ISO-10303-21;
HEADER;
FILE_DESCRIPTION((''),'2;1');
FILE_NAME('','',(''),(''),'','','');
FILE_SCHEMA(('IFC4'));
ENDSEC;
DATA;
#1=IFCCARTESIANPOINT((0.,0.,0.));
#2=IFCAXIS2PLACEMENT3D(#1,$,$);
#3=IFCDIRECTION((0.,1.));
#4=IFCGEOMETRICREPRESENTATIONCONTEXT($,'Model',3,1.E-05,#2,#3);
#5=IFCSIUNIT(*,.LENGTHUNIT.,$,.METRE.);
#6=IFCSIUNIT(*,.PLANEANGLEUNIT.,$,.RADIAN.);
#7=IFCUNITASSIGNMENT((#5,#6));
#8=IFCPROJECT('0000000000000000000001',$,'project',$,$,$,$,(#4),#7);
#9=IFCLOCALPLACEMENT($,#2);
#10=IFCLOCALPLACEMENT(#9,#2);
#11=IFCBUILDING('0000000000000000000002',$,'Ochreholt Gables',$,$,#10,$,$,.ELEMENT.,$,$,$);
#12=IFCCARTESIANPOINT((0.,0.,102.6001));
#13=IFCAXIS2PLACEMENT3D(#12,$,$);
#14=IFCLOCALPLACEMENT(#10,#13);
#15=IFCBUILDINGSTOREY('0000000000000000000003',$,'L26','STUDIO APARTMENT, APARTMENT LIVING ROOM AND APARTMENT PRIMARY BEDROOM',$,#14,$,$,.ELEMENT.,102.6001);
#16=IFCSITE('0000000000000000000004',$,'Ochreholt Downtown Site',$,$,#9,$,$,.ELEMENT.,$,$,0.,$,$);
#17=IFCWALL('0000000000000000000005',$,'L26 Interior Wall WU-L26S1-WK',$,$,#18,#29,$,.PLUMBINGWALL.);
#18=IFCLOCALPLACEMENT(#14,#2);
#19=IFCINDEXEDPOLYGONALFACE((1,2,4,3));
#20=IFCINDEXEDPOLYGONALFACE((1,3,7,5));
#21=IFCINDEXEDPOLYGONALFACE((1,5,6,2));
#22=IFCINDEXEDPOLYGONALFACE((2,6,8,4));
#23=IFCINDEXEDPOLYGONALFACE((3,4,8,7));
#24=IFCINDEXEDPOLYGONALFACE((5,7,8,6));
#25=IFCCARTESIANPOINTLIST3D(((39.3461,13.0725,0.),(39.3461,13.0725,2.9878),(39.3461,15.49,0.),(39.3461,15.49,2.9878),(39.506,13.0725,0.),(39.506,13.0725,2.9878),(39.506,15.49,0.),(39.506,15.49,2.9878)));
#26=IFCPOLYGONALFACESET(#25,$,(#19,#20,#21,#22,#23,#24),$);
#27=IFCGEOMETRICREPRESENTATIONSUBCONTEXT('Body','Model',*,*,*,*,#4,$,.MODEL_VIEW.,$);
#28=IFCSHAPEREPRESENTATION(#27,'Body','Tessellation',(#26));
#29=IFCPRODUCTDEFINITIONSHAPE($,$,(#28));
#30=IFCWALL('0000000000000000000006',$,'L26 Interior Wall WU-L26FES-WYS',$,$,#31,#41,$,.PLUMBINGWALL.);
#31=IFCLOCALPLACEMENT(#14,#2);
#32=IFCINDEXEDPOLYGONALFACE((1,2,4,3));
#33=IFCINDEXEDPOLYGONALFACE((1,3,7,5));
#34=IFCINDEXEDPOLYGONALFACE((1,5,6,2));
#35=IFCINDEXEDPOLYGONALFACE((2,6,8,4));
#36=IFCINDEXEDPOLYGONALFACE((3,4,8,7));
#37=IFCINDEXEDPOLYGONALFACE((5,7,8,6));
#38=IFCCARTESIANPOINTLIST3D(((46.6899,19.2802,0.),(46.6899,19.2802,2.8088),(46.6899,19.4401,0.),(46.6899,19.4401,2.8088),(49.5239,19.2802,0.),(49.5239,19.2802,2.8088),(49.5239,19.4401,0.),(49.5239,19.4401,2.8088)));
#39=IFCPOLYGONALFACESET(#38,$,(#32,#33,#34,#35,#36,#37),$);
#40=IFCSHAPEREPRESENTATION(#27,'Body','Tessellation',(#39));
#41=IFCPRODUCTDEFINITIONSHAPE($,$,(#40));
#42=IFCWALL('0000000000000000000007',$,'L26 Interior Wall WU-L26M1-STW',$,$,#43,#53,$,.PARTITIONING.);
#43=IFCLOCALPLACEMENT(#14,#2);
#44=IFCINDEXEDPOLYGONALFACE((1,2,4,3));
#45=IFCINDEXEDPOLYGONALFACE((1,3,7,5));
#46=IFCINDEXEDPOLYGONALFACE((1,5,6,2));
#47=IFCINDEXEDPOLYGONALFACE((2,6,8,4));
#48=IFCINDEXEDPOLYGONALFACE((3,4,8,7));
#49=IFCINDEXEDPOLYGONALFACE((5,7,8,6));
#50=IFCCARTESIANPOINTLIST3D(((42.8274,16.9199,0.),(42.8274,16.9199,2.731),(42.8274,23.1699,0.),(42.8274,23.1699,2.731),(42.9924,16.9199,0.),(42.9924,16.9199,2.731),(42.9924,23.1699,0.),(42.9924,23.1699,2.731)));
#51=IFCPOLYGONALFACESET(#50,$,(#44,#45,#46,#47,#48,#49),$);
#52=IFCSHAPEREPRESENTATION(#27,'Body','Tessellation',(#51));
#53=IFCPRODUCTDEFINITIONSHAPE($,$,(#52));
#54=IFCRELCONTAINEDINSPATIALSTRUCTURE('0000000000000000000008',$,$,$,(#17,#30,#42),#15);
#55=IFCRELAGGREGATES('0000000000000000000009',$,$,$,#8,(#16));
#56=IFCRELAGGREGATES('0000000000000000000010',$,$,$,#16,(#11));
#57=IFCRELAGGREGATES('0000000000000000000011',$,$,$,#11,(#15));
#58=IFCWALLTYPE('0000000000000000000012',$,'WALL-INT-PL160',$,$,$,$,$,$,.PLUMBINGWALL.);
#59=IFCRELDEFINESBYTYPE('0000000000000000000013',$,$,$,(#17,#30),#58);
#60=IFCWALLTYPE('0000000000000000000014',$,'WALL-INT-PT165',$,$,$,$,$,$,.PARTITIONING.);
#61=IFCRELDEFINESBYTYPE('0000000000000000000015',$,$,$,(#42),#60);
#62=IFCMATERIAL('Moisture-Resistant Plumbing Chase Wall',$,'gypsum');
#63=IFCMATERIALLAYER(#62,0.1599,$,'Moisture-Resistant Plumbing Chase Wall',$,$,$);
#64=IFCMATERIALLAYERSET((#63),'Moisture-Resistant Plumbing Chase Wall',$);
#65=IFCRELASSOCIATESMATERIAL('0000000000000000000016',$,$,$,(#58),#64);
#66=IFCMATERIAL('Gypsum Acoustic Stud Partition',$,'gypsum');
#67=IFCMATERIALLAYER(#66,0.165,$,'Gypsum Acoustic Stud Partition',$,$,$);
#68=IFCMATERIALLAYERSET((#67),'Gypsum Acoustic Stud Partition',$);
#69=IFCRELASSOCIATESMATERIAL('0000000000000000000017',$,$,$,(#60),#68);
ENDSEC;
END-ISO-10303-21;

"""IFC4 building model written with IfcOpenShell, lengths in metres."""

from ifc_helpers import new_model, si_unit, direction, frame, frame_2d, origin, place, context, subcontext, project, spatial, rectangle, extrude, material, layer, layer_set, type_object, element, save


model = new_model("IFC4")

# Units and contexts
model_context = context("Model", 3, precision=1e-05, world=origin(), true_north=direction((0.0, 1.0)))
body_context = subcontext(model_context, "Body", "Model", "MODEL_VIEW")
ifc_project = project(units=[si_unit("LENGTHUNIT", "METRE"), si_unit("PLANEANGLEUNIT", "RADIAN")], contexts=[model_context])

# Site, building, storey
site_placement = place(None, origin())
site = spatial("IfcSite", under=ifc_project, at=site_placement, Name="Ochreholt Downtown Site", CompositionType="ELEMENT", RefElevation=0.0)
building_placement = place(site_placement, origin())
building = spatial("IfcBuilding", under=site, at=building_placement, Name="Ochreholt Gables", CompositionType="ELEMENT")
storey_placement = place(building_placement, frame((0.0, 0.0, 102.6001)))
storey = spatial("IfcBuildingStorey", under=building, at=storey_placement, Name="L26", Description="STUDIO APARTMENT, APARTMENT LIVING ROOM AND APARTMENT PRIMARY BEDROOM", CompositionType="ELEMENT", Elevation=102.6001)

# Wall
ifc_material_1 = material(Name="Moisture-Resistant Plumbing Chase Wall", Category="gypsum")
ifc_layer_1 = layer(ifc_material_1, 0.1599, Name="Moisture-Resistant Plumbing Chase Wall")
ifc_layer_set_1 = layer_set([ifc_layer_1], Name="Moisture-Resistant Plumbing Chase Wall")
wall_type_1 = type_object("IfcWallType", Name="WALL-INT-PL160", PredefinedType="PLUMBINGWALL", material=ifc_layer_set_1)
wall_1_placement = place(storey_placement, frame((39.426, 13.0725, 0.0), z_axis=(0.0, 0.0, 1.0), x_axis=(0.0, 1.0, 0.0)))
element("IfcWall", 1, at=wall_1_placement, inside=storey, type_object=wall_type_1, Name="L26 Interior Wall WU-L26S1-WK", PredefinedType="PLUMBINGWALL", context=body_context, shape_type="SweptSolid", body=[
    extrude(rectangle(XDim=2.4175, YDim=0.1599, at=frame_2d((1.2087, 0.0))), origin(), (0.0, 0.0, 1.0), 2.9878),
])

# Wall
wall_2_placement = place(storey_placement, frame((46.6899, 19.3601, 0.0), z_axis=(0.0, 0.0, 1.0), x_axis=(1.0, 0.0, 0.0)))
element("IfcWall", 2, at=wall_2_placement, inside=storey, type_object=wall_type_1, Name="L26 Interior Wall WU-L26FES-WYS", PredefinedType="PLUMBINGWALL", context=body_context, shape_type="SweptSolid", body=[
    extrude(rectangle(XDim=2.834, YDim=0.1599, at=frame_2d((1.417, 0.0))), origin(), (0.0, 0.0, 1.0), 2.8088),
])

# Wall
ifc_material_2 = material(Name="Gypsum Acoustic Stud Partition", Category="gypsum")
ifc_layer_2 = layer(ifc_material_2, 0.165, Name="Gypsum Acoustic Stud Partition")
ifc_layer_set_2 = layer_set([ifc_layer_2], Name="Gypsum Acoustic Stud Partition")
wall_type_2 = type_object("IfcWallType", Name="WALL-INT-PT165", PredefinedType="PARTITIONING", material=ifc_layer_set_2)
wall_3_placement = place(storey_placement, frame((42.9099, 16.9199, 0.0), z_axis=(0.0, 0.0, 1.0), x_axis=(0.0, 1.0, 0.0)))
element("IfcWall", 3, at=wall_3_placement, inside=storey, type_object=wall_type_2, Name="L26 Interior Wall WU-L26M1-STW", PredefinedType="PARTITIONING", context=body_context, shape_type="SweptSolid", body=[
    extrude(rectangle(XDim=6.25, YDim=0.165, at=frame_2d((3.125, 0.0))), origin(), (0.0, 0.0, 1.0), 2.731),
])

save(model, "model.ifc")
